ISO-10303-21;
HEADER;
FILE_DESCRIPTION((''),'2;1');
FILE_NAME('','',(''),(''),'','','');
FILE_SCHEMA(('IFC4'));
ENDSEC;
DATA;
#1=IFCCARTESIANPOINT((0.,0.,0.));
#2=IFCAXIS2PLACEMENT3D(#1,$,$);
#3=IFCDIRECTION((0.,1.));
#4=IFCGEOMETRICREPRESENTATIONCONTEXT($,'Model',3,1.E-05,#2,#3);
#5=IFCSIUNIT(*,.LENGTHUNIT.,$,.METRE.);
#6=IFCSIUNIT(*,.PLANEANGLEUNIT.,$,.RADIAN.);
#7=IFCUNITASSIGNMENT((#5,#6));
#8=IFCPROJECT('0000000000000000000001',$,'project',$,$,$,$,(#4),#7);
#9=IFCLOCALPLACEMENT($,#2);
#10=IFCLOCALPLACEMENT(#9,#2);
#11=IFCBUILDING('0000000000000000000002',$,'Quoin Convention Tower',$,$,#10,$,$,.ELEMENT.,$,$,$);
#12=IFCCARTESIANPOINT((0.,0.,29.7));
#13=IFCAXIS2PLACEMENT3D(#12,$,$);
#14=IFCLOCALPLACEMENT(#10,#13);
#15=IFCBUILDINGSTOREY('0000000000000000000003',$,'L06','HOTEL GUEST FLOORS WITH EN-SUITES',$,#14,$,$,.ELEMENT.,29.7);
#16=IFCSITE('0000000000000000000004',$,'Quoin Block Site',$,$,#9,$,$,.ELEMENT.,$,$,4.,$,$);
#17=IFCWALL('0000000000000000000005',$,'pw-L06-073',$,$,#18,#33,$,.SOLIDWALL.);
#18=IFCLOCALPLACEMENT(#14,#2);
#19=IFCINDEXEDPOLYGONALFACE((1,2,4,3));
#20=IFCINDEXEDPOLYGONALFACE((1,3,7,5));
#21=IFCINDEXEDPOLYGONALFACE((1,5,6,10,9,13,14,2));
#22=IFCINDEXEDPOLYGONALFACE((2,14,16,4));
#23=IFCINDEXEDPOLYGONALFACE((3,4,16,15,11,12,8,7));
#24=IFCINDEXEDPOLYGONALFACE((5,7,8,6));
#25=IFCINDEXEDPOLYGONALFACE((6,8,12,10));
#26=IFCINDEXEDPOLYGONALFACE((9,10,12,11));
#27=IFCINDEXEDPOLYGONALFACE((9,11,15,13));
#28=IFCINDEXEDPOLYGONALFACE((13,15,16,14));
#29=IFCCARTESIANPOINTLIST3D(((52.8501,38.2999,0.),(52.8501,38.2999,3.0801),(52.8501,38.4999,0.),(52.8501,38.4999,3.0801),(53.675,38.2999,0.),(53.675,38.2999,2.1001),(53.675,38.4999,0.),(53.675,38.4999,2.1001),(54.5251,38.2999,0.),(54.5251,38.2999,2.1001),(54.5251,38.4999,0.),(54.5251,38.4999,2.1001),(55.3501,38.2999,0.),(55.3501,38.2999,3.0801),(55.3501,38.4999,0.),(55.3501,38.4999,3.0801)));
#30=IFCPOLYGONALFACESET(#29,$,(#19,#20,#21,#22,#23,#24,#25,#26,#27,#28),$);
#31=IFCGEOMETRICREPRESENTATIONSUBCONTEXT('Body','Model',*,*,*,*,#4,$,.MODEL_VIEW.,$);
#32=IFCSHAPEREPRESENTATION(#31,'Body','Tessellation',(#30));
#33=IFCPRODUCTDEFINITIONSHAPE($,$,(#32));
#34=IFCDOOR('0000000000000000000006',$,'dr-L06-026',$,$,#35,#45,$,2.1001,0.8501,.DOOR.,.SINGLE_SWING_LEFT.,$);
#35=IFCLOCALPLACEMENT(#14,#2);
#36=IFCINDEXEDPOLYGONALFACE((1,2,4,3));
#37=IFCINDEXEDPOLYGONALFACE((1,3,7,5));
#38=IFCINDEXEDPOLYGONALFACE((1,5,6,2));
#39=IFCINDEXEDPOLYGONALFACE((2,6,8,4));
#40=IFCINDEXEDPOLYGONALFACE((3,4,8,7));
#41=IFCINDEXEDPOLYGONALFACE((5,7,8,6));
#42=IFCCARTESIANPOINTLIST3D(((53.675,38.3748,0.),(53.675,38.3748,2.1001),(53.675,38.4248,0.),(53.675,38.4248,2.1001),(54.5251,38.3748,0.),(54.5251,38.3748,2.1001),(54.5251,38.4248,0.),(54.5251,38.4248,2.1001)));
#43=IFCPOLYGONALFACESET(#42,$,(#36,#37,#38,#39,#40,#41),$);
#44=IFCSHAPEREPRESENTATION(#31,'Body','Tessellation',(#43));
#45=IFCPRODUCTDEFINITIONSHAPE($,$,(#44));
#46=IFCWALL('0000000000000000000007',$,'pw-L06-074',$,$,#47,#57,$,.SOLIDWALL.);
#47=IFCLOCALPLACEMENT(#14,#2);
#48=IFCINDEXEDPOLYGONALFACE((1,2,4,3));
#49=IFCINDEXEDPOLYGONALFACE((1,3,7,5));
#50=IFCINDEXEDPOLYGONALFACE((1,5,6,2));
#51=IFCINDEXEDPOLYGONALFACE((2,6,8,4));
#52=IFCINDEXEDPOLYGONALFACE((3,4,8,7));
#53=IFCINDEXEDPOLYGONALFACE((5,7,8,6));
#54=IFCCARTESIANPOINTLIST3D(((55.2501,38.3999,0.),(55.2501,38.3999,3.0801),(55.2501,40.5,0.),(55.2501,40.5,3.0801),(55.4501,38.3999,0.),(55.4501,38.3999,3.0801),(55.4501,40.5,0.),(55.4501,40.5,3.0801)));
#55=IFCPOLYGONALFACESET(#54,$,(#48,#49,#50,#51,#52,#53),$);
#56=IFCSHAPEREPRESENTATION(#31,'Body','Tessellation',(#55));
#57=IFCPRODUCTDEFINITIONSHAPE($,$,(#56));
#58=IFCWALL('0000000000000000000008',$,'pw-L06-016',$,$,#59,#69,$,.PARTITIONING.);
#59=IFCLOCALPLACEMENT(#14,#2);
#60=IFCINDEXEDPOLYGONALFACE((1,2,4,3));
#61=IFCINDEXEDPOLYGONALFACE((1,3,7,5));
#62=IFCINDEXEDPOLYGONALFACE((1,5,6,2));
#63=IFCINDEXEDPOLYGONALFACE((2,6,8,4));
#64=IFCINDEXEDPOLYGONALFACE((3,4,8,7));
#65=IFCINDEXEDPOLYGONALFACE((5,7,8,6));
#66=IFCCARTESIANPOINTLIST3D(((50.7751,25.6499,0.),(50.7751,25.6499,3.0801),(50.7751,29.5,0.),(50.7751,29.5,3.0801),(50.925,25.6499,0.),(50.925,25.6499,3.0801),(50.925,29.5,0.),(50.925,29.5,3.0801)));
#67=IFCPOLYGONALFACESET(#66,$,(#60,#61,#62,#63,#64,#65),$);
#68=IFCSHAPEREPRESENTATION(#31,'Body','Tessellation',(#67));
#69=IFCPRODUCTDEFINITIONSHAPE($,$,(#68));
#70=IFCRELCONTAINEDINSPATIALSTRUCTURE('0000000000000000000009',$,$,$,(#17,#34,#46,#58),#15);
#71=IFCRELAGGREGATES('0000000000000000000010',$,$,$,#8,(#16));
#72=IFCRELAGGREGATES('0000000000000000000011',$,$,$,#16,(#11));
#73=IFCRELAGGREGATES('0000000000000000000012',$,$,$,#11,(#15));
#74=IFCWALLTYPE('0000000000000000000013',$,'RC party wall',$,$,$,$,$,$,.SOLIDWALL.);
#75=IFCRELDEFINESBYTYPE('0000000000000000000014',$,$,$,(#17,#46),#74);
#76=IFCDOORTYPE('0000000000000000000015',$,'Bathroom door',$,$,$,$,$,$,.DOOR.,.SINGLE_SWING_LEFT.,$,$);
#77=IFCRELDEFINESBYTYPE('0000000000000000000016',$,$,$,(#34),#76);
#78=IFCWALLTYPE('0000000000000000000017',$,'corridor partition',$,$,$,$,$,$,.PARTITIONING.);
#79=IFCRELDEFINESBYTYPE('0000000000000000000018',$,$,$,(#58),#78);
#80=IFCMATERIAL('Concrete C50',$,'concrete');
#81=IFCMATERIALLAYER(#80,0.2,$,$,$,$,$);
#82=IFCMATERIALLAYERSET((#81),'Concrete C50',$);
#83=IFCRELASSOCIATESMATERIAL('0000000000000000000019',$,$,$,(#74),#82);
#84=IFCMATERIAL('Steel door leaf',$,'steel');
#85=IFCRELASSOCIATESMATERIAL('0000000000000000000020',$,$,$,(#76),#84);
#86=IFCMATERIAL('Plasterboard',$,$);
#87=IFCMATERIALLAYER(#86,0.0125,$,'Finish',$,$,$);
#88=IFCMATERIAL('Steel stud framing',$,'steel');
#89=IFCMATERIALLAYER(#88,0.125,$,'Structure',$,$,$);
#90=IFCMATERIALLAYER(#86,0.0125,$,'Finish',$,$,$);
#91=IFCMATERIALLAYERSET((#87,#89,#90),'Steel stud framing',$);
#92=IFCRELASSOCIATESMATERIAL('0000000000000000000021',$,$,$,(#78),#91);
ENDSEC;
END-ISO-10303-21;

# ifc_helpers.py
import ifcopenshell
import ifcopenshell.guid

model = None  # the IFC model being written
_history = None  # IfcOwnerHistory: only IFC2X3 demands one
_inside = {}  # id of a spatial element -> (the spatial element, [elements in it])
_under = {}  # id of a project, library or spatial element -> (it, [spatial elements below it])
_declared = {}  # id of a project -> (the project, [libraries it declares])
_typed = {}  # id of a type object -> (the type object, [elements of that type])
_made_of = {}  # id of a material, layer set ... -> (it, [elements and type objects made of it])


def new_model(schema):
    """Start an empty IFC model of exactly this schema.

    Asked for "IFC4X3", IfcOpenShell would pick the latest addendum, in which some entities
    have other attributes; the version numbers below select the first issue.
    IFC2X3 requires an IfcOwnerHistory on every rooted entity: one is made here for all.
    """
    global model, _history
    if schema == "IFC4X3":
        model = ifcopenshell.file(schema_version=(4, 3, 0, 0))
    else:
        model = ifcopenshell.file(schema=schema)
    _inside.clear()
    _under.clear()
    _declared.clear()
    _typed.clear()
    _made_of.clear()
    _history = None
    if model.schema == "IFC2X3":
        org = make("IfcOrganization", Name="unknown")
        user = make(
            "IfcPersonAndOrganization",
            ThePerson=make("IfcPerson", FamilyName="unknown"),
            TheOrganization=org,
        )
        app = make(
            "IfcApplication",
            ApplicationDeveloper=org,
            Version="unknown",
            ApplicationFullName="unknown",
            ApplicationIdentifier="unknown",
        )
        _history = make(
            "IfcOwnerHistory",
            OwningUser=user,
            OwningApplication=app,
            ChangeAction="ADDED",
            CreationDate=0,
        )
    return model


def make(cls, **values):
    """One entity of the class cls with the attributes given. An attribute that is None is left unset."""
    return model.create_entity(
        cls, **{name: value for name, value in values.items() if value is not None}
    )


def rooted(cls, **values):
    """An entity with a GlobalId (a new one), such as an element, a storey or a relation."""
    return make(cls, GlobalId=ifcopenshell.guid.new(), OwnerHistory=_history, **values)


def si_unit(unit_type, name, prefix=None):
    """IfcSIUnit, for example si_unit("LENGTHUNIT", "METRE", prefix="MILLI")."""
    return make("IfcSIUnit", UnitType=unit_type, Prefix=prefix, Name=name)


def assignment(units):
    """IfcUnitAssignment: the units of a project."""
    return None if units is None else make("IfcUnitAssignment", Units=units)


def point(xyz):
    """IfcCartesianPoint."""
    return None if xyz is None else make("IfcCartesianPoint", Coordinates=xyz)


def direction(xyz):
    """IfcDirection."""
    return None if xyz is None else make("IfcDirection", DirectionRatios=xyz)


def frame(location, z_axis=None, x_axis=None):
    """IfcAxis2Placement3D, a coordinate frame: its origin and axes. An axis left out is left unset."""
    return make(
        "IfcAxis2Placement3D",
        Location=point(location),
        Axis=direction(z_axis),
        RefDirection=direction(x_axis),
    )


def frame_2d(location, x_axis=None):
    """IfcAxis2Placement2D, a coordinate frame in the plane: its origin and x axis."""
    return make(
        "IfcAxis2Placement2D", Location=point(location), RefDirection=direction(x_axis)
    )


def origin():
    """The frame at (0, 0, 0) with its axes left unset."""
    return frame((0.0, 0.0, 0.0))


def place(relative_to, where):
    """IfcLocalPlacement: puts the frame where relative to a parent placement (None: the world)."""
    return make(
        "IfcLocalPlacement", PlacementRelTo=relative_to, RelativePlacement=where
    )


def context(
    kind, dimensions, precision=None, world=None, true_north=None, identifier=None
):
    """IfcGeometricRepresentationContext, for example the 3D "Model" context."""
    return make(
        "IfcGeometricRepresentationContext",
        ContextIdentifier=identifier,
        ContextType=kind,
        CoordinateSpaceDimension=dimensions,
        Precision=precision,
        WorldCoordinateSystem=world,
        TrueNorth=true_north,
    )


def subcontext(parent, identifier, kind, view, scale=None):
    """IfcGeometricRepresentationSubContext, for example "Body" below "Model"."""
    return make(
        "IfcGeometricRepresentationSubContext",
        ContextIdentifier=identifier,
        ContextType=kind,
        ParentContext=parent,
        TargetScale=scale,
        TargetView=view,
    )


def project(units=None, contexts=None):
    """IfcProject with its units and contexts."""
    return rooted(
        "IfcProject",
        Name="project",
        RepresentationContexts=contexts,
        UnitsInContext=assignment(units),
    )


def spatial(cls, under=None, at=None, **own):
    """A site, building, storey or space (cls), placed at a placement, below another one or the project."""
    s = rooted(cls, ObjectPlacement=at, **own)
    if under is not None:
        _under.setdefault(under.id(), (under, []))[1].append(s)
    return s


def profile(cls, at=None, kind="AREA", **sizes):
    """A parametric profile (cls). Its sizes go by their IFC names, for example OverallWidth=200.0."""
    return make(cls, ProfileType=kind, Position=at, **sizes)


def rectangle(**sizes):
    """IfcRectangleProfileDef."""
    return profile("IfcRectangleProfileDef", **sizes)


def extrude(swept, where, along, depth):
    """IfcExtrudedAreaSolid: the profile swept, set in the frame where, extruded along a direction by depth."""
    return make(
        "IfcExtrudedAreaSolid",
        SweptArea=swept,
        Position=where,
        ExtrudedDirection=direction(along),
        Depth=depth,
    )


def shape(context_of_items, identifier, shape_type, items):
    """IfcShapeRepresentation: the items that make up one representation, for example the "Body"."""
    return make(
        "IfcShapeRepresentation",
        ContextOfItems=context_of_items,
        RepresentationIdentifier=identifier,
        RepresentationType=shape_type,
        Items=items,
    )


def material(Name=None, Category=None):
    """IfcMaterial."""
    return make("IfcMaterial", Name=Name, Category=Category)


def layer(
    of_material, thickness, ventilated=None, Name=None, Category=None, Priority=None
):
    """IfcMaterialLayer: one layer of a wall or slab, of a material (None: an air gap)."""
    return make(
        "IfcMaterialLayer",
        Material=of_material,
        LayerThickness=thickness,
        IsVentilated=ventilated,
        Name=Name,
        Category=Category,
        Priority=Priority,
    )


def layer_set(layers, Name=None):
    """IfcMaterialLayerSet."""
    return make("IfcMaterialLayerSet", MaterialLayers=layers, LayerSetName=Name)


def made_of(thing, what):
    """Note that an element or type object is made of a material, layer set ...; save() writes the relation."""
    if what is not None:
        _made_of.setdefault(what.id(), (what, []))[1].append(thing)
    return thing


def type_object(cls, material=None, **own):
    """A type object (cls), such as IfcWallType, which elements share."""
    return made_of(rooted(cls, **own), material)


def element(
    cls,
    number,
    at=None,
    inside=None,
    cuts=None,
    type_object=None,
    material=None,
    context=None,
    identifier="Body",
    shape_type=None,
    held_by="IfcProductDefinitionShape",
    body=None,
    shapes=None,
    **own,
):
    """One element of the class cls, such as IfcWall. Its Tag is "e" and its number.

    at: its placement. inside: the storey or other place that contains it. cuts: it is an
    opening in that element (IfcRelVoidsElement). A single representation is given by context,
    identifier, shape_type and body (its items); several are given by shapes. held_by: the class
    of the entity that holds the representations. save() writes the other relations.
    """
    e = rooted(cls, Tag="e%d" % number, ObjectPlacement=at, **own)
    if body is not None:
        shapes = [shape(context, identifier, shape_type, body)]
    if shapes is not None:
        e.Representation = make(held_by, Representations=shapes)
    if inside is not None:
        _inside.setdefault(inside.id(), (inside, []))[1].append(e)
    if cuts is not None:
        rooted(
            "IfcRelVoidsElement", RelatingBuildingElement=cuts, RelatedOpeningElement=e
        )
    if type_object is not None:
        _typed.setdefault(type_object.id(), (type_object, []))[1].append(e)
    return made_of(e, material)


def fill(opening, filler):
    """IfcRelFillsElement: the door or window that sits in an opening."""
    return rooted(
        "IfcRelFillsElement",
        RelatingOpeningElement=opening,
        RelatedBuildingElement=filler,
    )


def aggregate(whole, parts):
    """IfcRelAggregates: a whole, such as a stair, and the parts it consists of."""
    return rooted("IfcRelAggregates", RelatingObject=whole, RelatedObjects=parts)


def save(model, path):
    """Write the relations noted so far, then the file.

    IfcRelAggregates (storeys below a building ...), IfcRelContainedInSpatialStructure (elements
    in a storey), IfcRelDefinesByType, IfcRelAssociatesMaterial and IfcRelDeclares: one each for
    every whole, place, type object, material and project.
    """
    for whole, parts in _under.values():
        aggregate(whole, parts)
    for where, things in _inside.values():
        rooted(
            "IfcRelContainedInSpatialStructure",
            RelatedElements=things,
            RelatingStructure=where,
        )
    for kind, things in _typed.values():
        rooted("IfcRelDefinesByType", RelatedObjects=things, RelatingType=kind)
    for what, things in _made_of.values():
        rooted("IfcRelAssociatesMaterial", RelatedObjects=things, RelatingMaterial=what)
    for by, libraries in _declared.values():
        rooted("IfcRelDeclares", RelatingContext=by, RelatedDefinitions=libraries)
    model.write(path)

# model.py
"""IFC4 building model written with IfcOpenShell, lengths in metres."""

from ifc_helpers import new_model, si_unit, direction, frame, frame_2d, origin, place, context, subcontext, project, spatial, rectangle, extrude, material, layer, layer_set, type_object, element, fill, save


model = new_model("IFC4")

# Units and contexts
model_context = context("Model", 3, precision=1e-05, world=origin(), true_north=direction((0.0, 1.0)))
body_context = subcontext(model_context, "Body", "Model", "MODEL_VIEW")
ifc_project = project(units=[si_unit("LENGTHUNIT", "METRE"), si_unit("PLANEANGLEUNIT", "RADIAN")], contexts=[model_context])

# Site, building, storey
site_placement = place(None, origin())
site = spatial("IfcSite", under=ifc_project, at=site_placement, Name="Quoin Block Site", CompositionType="ELEMENT", RefElevation=4.0)
building_placement = place(site_placement, origin())
building = spatial("IfcBuilding", under=site, at=building_placement, Name="Quoin Convention Tower", CompositionType="ELEMENT")
storey_placement = place(building_placement, frame((0.0, 0.0, 29.7)))
storey = spatial("IfcBuildingStorey", under=building, at=storey_placement, Name="L06", Description="HOTEL GUEST FLOORS WITH EN-SUITES", CompositionType="ELEMENT", Elevation=29.7)

# Shared definitions
ifc_material_1 = material(Name="Concrete C50", Category="concrete")
ifc_layer_1 = layer(ifc_material_1, 0.2)
ifc_layer_set_1 = layer_set([ifc_layer_1], Name="Concrete C50")
wall_type_1 = type_object("IfcWallType", Name="RC party wall", PredefinedType="SOLIDWALL", material=ifc_layer_set_1)
ifc_material_2 = material(Name="Steel door leaf", Category="steel")
door_type = type_object("IfcDoorType", Name="Bathroom door", OperationType="SINGLE_SWING_LEFT", PredefinedType="DOOR", material=ifc_material_2)

# Wall, opening, door
wall_1_placement = place(storey_placement, frame((52.8501, 38.3999, 0.0), z_axis=(0.0, 0.0, 1.0), x_axis=(1.0, 0.0, 0.0)))
wall_1 = element("IfcWall", 1, at=wall_1_placement, inside=storey, type_object=wall_type_1, Name="pw-L06-073", PredefinedType="SOLIDWALL", context=body_context, shape_type="SweptSolid", body=[
    extrude(rectangle(XDim=2.5, YDim=0.2, at=frame_2d((1.25, 0.0))), origin(), (0.0, 0.0, 1.0), 3.0801),
])
opening_1_placement = place(wall_1_placement, frame((0.825, 0.0, 0.0)))
opening_1 = element("IfcOpeningElement", 2, at=opening_1_placement, cuts=wall_1, PredefinedType="OPENING", context=body_context, shape_type="SweptSolid", body=[
    extrude(rectangle(XDim=0.8501, YDim=2.1001, at=frame_2d((0.425, 1.05))), frame((0.0, 0.1099, 0.0), z_axis=(0.0, -1.0, 0.0), x_axis=(1.0, 0.0, 0.0)), (0.0, 0.0, 1.0), 0.22),
])
door_1_placement = place(opening_1_placement, origin())
door_1 = element("IfcDoor", 3, at=door_1_placement, inside=storey, type_object=door_type, Name="dr-L06-026", OperationType="SINGLE_SWING_LEFT", OverallHeight=2.1001, OverallWidth=0.8501, PredefinedType="DOOR", context=body_context, shape_type="SweptSolid", body=[
    extrude(rectangle(XDim=0.8501, YDim=2.1001, at=frame_2d((0.425, 1.05))), frame((0.0, 0.0249, 0.0), z_axis=(0.0, -1.0, 0.0), x_axis=(1.0, 0.0, 0.0)), (0.0, 0.0, 1.0), 0.05),
])
fill(opening_1, door_1)

# Walls
wall_2_placement = place(storey_placement, frame((55.3501, 38.3999, 0.0), z_axis=(0.0, 0.0, 1.0), x_axis=(0.0, 1.0, 0.0)))
element("IfcWall", 4, at=wall_2_placement, inside=storey, type_object=wall_type_1, Name="pw-L06-074", PredefinedType="SOLIDWALL", context=body_context, shape_type="SweptSolid", body=[
    extrude(rectangle(XDim=2.1001, YDim=0.2, at=frame_2d((1.05, 0.0))), origin(), (0.0, 0.0, 1.0), 3.0801),
])
ifc_material_3 = material(Name="Plasterboard")
ifc_layer_2 = layer(ifc_material_3, 0.0125, Name="Finish")
ifc_material_4 = material(Name="Steel stud framing", Category="steel")
ifc_layer_3 = layer(ifc_material_4, 0.125, Name="Structure")
ifc_layer_4 = layer(ifc_material_3, 0.0125, Name="Finish")
ifc_layer_set_2 = layer_set([ifc_layer_2, ifc_layer_3, ifc_layer_4], Name="Steel stud framing")
wall_type_2 = type_object("IfcWallType", Name="corridor partition", PredefinedType="PARTITIONING", material=ifc_layer_set_2)
wall_3_placement = place(storey_placement, frame((50.8501, 25.6499, 0.0), z_axis=(0.0, 0.0, 1.0), x_axis=(0.0, 1.0, 0.0)))
element("IfcWall", 5, at=wall_3_placement, inside=storey, type_object=wall_type_2, Name="pw-L06-016", PredefinedType="PARTITIONING", context=body_context, shape_type="SweptSolid", body=[
    extrude(rectangle(XDim=3.8501, YDim=0.1499, at=frame_2d((1.925, 0.0))), origin(), (0.0, 0.0, 1.0), 3.0801),
])

save(model, "model.ifc")
